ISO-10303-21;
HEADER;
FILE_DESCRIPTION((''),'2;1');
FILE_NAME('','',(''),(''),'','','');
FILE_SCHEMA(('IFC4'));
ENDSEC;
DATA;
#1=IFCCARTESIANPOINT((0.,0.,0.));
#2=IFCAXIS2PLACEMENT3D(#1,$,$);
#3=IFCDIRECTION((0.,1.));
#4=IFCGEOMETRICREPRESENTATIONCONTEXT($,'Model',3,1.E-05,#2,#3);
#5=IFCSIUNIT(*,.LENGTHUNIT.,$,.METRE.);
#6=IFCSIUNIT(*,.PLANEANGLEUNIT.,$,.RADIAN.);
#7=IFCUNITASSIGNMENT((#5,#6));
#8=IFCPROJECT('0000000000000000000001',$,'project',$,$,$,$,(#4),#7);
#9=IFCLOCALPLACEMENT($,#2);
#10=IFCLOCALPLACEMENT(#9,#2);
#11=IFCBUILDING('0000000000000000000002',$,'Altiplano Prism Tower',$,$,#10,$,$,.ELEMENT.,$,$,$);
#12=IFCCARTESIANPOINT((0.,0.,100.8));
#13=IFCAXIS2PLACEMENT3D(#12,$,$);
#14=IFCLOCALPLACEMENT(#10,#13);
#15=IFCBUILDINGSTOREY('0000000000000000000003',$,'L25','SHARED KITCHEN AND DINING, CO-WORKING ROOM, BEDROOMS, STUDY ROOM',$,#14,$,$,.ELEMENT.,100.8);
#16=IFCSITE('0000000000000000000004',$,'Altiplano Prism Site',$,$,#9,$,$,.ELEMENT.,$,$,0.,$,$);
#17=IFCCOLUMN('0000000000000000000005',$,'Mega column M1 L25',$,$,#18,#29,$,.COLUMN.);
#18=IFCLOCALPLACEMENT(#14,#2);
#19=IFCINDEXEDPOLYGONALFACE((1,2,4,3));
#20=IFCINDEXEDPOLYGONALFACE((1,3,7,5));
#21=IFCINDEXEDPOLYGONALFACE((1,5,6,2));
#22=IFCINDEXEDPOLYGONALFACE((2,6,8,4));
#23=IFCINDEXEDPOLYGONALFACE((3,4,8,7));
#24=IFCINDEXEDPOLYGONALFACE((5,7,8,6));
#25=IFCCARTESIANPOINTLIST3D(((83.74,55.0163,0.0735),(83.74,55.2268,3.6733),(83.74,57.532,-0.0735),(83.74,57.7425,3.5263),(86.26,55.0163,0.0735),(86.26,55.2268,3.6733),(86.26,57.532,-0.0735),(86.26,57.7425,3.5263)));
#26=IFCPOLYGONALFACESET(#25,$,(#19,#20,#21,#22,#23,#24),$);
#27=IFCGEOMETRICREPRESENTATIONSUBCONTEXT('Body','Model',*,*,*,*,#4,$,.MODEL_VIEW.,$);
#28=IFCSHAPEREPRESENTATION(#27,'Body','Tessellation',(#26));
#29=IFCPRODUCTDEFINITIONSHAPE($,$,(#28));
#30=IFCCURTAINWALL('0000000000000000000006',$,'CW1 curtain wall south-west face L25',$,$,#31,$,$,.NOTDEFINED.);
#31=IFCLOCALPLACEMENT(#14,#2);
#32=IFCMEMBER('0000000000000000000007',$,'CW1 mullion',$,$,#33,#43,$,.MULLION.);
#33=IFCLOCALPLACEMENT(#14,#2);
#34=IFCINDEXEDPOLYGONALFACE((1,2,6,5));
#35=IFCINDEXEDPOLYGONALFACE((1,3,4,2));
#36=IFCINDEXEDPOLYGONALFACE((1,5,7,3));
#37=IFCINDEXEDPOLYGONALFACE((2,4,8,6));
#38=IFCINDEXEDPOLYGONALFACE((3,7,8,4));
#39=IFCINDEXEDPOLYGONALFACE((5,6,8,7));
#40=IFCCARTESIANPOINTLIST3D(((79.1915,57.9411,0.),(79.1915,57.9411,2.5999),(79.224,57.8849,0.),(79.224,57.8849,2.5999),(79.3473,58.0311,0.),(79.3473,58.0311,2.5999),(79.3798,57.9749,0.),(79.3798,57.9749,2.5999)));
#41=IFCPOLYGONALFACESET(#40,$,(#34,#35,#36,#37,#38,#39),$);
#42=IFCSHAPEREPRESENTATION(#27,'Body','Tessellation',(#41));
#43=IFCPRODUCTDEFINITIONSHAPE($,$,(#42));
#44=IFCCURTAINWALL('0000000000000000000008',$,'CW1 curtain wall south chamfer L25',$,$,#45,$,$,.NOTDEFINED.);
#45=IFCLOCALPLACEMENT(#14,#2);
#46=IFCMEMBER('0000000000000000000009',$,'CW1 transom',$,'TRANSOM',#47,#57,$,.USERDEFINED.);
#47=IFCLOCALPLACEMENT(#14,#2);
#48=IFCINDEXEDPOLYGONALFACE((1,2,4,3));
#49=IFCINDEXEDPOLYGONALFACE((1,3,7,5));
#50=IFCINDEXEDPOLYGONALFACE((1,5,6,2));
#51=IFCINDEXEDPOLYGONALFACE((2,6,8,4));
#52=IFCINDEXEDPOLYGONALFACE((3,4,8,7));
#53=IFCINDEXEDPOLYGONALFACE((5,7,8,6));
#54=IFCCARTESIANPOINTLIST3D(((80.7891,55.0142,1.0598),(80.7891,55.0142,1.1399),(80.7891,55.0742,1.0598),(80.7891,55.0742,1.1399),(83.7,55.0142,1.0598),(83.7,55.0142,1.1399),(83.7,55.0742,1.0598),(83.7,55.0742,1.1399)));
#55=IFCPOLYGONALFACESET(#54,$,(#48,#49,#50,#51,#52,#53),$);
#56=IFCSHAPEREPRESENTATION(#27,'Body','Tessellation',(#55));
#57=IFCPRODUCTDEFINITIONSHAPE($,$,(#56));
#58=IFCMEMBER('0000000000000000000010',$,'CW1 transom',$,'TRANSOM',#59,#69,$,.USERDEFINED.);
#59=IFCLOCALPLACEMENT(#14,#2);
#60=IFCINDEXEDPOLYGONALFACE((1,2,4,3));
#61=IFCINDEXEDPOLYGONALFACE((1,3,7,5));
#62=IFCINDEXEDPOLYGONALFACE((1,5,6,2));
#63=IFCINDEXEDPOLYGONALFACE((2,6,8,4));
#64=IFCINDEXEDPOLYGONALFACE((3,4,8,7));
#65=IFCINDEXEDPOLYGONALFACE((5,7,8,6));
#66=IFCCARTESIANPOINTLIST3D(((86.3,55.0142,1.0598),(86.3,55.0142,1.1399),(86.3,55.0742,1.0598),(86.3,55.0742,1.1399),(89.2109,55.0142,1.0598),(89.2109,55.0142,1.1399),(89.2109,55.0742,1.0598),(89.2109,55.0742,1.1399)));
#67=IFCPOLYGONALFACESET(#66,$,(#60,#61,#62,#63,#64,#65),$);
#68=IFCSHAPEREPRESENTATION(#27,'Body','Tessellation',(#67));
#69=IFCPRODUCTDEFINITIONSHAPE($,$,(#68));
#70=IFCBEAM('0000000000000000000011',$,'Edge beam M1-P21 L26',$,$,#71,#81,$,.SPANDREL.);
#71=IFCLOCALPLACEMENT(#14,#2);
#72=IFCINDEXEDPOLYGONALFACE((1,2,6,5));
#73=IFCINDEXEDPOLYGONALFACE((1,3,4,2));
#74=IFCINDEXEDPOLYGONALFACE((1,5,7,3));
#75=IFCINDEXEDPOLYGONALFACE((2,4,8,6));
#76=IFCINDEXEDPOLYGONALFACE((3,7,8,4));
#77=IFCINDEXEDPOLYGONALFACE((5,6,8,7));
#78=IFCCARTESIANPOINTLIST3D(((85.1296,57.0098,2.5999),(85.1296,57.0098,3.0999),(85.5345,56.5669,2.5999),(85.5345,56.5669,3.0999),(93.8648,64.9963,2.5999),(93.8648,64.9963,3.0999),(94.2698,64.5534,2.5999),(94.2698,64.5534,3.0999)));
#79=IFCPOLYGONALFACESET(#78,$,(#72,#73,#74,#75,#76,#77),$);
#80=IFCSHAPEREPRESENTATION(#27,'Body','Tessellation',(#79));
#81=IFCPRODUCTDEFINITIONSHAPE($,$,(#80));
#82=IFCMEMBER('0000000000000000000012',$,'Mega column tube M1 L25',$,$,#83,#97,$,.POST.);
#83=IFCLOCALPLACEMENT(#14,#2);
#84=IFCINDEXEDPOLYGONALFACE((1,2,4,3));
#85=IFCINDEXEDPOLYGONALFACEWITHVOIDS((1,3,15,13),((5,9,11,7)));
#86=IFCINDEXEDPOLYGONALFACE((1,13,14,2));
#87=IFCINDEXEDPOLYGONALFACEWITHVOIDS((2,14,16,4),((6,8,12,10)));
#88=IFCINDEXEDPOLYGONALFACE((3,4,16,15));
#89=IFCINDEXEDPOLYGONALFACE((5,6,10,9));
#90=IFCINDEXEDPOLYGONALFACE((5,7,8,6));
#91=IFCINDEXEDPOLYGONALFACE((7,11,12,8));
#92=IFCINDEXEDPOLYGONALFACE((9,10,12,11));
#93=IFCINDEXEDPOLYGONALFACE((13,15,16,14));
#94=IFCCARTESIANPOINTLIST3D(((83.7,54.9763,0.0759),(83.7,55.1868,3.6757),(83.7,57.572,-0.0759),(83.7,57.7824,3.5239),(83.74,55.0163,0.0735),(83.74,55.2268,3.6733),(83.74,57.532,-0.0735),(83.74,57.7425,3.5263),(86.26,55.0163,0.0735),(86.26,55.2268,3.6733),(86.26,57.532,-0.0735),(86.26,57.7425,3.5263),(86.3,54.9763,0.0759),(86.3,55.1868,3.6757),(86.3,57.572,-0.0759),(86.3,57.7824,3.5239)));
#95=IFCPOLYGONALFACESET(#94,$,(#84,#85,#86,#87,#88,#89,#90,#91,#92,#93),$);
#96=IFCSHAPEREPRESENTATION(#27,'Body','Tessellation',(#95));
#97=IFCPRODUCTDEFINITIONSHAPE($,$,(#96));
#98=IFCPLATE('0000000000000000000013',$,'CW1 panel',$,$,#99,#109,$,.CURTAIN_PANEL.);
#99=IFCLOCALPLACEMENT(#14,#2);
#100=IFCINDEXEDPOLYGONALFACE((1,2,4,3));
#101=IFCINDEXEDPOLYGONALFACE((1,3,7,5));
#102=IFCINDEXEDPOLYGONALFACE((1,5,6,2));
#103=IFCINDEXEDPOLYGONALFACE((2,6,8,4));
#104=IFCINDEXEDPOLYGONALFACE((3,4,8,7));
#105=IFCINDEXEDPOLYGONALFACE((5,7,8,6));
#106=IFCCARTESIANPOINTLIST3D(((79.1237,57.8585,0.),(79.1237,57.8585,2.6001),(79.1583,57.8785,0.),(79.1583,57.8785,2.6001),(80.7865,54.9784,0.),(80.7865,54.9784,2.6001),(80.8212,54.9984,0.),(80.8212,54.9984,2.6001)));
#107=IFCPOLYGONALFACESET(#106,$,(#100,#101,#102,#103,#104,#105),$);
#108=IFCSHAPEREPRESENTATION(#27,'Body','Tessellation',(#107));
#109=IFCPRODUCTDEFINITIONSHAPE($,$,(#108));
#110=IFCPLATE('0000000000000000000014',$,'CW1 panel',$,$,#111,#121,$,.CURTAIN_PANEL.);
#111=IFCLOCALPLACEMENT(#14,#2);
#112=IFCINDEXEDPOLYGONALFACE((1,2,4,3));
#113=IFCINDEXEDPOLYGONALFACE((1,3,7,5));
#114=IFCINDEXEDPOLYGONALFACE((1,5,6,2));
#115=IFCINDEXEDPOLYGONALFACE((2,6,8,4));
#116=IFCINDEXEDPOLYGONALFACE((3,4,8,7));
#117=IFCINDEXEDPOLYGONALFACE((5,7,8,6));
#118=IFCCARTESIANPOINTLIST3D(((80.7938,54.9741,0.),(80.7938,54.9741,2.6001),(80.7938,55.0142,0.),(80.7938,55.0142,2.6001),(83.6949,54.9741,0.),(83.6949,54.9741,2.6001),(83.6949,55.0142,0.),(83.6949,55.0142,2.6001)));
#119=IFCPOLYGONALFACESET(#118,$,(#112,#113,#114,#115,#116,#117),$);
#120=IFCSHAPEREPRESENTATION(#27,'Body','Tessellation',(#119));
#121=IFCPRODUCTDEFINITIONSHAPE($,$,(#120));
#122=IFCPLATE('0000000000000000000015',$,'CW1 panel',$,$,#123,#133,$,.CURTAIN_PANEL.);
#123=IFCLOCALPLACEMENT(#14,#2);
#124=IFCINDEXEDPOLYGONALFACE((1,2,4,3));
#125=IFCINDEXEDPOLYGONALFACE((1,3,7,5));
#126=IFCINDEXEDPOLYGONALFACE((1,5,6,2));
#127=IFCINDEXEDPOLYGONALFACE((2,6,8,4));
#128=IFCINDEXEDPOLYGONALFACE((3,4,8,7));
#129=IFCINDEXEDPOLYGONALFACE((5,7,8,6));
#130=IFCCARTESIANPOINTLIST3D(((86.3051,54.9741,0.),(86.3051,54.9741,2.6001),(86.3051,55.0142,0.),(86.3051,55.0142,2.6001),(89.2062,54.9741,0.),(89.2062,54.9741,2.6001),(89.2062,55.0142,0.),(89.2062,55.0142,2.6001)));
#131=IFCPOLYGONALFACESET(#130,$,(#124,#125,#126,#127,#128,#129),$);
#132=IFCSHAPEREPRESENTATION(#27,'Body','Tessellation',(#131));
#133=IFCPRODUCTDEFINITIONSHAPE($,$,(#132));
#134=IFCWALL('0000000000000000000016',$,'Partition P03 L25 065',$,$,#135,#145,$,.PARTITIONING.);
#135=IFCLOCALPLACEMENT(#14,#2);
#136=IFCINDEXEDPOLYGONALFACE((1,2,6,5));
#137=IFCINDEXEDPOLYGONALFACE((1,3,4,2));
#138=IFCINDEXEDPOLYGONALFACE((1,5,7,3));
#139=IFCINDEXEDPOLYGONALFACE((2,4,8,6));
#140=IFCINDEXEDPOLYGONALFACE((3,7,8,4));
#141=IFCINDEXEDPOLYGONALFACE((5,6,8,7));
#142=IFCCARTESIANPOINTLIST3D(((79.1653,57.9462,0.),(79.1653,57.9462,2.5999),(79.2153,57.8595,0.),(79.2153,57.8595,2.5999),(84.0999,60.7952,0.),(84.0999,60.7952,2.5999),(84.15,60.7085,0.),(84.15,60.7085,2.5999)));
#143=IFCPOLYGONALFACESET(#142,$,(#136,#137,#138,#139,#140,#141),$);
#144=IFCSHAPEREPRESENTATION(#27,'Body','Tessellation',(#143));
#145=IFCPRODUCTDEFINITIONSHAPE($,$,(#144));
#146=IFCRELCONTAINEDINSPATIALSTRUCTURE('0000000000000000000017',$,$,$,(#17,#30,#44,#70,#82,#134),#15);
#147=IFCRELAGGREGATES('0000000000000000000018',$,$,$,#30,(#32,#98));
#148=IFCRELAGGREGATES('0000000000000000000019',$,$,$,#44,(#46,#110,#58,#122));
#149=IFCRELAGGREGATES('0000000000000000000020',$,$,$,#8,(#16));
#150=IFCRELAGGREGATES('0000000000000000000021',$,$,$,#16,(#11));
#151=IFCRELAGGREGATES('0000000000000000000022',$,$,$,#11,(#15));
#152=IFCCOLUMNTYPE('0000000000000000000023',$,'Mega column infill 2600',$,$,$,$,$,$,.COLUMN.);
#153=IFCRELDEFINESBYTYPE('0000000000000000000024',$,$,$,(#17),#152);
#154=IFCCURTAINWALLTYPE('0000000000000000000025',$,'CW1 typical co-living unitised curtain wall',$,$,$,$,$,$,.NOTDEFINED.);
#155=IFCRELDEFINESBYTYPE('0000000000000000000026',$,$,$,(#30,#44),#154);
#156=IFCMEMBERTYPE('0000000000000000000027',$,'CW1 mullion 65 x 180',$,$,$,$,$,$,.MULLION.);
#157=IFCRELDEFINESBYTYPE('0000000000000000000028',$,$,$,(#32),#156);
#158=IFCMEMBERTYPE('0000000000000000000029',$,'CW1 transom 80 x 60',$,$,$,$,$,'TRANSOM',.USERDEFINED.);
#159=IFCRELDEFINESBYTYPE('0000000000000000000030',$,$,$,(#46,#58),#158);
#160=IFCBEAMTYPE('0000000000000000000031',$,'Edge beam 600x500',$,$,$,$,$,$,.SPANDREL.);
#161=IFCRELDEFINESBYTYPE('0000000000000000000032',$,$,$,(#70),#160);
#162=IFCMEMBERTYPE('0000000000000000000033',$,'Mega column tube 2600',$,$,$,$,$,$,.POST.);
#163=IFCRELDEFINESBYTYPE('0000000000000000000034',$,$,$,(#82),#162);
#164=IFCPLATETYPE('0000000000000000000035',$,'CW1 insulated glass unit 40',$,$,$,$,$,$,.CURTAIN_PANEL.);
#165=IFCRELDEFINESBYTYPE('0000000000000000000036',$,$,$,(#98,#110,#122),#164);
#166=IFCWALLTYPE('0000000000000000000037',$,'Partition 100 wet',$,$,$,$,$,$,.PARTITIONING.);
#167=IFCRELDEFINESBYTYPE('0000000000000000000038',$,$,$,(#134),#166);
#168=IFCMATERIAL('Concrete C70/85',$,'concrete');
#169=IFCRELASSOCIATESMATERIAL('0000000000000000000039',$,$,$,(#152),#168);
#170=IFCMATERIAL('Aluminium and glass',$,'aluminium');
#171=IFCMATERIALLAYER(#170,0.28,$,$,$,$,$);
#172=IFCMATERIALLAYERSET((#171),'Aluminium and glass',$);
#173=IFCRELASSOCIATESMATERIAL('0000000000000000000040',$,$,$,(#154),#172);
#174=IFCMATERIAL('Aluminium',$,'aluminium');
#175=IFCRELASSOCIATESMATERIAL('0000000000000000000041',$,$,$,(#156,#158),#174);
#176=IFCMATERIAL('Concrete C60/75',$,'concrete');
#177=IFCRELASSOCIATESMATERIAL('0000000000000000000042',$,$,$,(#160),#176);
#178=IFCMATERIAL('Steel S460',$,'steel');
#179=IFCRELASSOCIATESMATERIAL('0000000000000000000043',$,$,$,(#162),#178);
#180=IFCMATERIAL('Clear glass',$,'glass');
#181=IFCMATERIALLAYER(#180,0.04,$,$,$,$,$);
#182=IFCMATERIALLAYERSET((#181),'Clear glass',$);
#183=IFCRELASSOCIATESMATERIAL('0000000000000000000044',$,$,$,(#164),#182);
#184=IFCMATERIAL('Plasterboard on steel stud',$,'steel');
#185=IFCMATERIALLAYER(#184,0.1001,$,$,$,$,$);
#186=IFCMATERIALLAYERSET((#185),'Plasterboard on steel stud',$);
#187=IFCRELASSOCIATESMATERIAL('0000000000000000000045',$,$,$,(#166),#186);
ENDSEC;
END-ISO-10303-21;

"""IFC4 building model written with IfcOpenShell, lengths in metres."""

from ifc_helpers import new_model, si_unit, direction, frame, frame_2d, origin, origin_2d, place, context, subcontext, project, spatial, rectangle, hollow_rectangle, extrude, material, layer, layer_set, material_profile, profile_set, type_object, element, aggregate, save


model = new_model("IFC4")

# Units and contexts
model_context = context("Model", 3, precision=1e-05, world=origin(), true_north=direction((0.0, 1.0)))
body_context = subcontext(model_context, "Body", "Model", "MODEL_VIEW")
ifc_project = project(units=[si_unit("LENGTHUNIT", "METRE"), si_unit("PLANEANGLEUNIT", "RADIAN")], contexts=[model_context])

# Site, building, storey
site_placement = place(None, origin())
site = spatial("IfcSite", under=ifc_project, at=site_placement, Name="Altiplano Prism Site", CompositionType="ELEMENT", RefElevation=0.0)
building_placement = place(site_placement, origin())
building = spatial("IfcBuilding", under=site, at=building_placement, Name="Altiplano Prism Tower", CompositionType="ELEMENT")
storey_placement = place(building_placement, frame((0.0, 0.0, 100.8)))
storey = spatial("IfcBuildingStorey", under=building, at=storey_placement, Name="L25", Description="SHARED KITCHEN AND DINING, CO-WORKING ROOM, BEDROOMS, STUDY ROOM", CompositionType="ELEMENT", Elevation=100.8)

# Column
ifc_material_1 = material(Name="Concrete C70/85", Category="concrete")
ifc_material_profile_1 = material_profile(ifc_material_1, rectangle(XDim=2.52, YDim=2.52, at=origin_2d()), Name="Mega column infill 2600")
ifc_profile_set_1 = profile_set([ifc_material_profile_1], Name="Concrete C70/85")
column_type = type_object("IfcColumnType", Name="Mega column infill 2600", PredefinedType="COLUMN", material=ifc_profile_set_1)
column_placement = place(storey_placement, frame((85.0, 56.2742, 0.0), z_axis=(0.0, 0.058361, 0.998296), x_axis=(-1.0, 0.0, 0.0)))
element("IfcColumn", 1, at=column_placement, inside=storey, type_object=column_type, Name="Mega column M1 L25", PredefinedType="COLUMN", context=body_context, shape_type="SweptSolid", body=[
    extrude(rectangle(XDim=2.52, YDim=2.52, at=origin_2d()), origin(), (0.0, 0.0, 1.0), 3.606),
])

# Curtain wall, member
ifc_material_2 = material(Name="Aluminium and glass", Category="aluminium")
ifc_layer_1 = layer(ifc_material_2, 0.28)
ifc_layer_set_1 = layer_set([ifc_layer_1], Name="Aluminium and glass")
curtain_wall_type = type_object("IfcCurtainWallType", Name="CW1 typical co-living unitised curtain wall", PredefinedType="NOTDEFINED", material=ifc_layer_set_1)
curtain_wall_1_placement = place(storey_placement, origin())
curtain_wall_1 = element("IfcCurtainWall", 2, at=curtain_wall_1_placement, inside=storey, type_object=curtain_wall_type, Name="CW1 curtain wall south-west face L25", PredefinedType="NOTDEFINED")
ifc_material_3 = material(Name="Aluminium", Category="aluminium")
ifc_material_profile_2 = material_profile(ifc_material_3, rectangle(XDim=0.1799, YDim=0.0649, at=origin_2d()), Name="CW1 mullion 65 x 180")
ifc_profile_set_2 = profile_set([ifc_material_profile_2], Name="Aluminium")
member_type_1 = type_object("IfcMemberType", Name="CW1 mullion 65 x 180", PredefinedType="MULLION", material=ifc_profile_set_2)
member_1_placement = place(storey_placement, frame((79.2856, 57.958, 0.0), z_axis=(0.0, 0.0, 1.0), x_axis=(0.866025, 0.5, 0.0)))
member_1 = element("IfcMember", 3, at=member_1_placement, type_object=member_type_1, Name="CW1 mullion", PredefinedType="MULLION", context=body_context, shape_type="SweptSolid", body=[
    extrude(rectangle(XDim=0.1799, YDim=0.0649, at=origin_2d()), origin(), (0.0, 0.0, 1.0), 2.5999),
])

# Curtain wall, members
curtain_wall_2_placement = place(storey_placement, origin())
curtain_wall_2 = element("IfcCurtainWall", 4, at=curtain_wall_2_placement, inside=storey, type_object=curtain_wall_type, Name="CW1 curtain wall south chamfer L25", PredefinedType="NOTDEFINED")
ifc_material_profile_3 = material_profile(ifc_material_3, rectangle(XDim=0.0601, YDim=0.0801, at=origin_2d()), Name="CW1 transom 80 x 60")
ifc_profile_set_3 = profile_set([ifc_material_profile_3], Name="Aluminium")
member_type_2 = type_object("IfcMemberType", Name="CW1 transom 80 x 60", ElementType="TRANSOM", PredefinedType="USERDEFINED", material=ifc_profile_set_3)
member_2_placement = place(storey_placement, frame((80.7891, 55.0442, 1.0999), z_axis=(1.0, 0.0, 0.0), x_axis=(0.0, 1.0, 0.0)))
member_2 = element("IfcMember", 5, at=member_2_placement, type_object=member_type_2, Name="CW1 transom", ObjectType="TRANSOM", PredefinedType="USERDEFINED", context=body_context, shape_type="SweptSolid", body=[
    extrude(rectangle(XDim=0.0601, YDim=0.0801, at=origin_2d()), origin(), (0.0, 0.0, 1.0), 2.9109),
])
member_3_placement = place(storey_placement, frame((86.3, 55.0442, 1.0999), z_axis=(1.0, 0.0, 0.0), x_axis=(0.0, 1.0, 0.0)))
member_3 = element("IfcMember", 6, at=member_3_placement, type_object=member_type_2, Name="CW1 transom", ObjectType="TRANSOM", PredefinedType="USERDEFINED", context=body_context, shape_type="SweptSolid", body=[
    extrude(rectangle(XDim=0.0601, YDim=0.0801, at=origin_2d()), origin(), (0.0, 0.0, 1.0), 2.9109),
])

# Beam
ifc_material_4 = material(Name="Concrete C60/75", Category="concrete")
ifc_material_profile_4 = material_profile(ifc_material_4, rectangle(XDim=0.6001, YDim=0.5, at=origin_2d()), Name="Edge beam 600x500")
ifc_profile_set_4 = profile_set([ifc_material_profile_4], Name="Concrete C60/75")
beam_type = type_object("IfcBeamType", Name="Edge beam 600x500", PredefinedType="SPANDREL", material=ifc_profile_set_4)
beam_placement = place(storey_placement, frame((85.332, 56.7883, 2.8499), z_axis=(0.73803, 0.674768, 0.0), x_axis=(-0.674768, 0.73803, 0.0)))
element("IfcBeam", 7, at=beam_placement, inside=storey, type_object=beam_type, Name="Edge beam M1-P21 L26", PredefinedType="SPANDREL", context=body_context, shape_type="SweptSolid", body=[
    extrude(rectangle(XDim=0.6001, YDim=0.5, at=origin_2d()), origin(), (0.0, 0.0, 1.0), 11.8359),
])

# Member
ifc_material_5 = material(Name="Steel S460", Category="steel")
ifc_material_profile_5 = material_profile(ifc_material_5, hollow_rectangle(XDim=2.6001, YDim=2.6001, WallThickness=0.04, at=origin_2d()), Name="Mega column tube 2600")
ifc_profile_set_5 = profile_set([ifc_material_profile_5], Name="Steel S460")
member_type_3 = type_object("IfcMemberType", Name="Mega column tube 2600", PredefinedType="POST", material=ifc_profile_set_5)
member_4_placement = place(storey_placement, frame((85.0, 56.2742, 0.0), z_axis=(0.0, 0.058361, 0.998296), x_axis=(-1.0, 0.0, 0.0)))
element("IfcMember", 8, at=member_4_placement, inside=storey, type_object=member_type_3, Name="Mega column tube M1 L25", PredefinedType="POST", context=body_context, shape_type="SweptSolid", body=[
    extrude(hollow_rectangle(XDim=2.6001, YDim=2.6001, WallThickness=0.04, at=origin_2d()), origin(), (0.0, 0.0, 1.0), 3.606),
])

# Plates
ifc_material_6 = material(Name="Clear glass", Category="glass")
ifc_layer_2 = layer(ifc_material_6, 0.04)
ifc_layer_set_2 = layer_set([ifc_layer_2], Name="Clear glass")
plate_type = type_object("IfcPlateType", Name="CW1 insulated glass unit 40", PredefinedType="CURTAIN_PANEL", material=ifc_layer_set_2)
plate_1_placement = place(storey_placement, frame((79.9724, 56.4285, 0.0), z_axis=(0.0, 0.0, 1.0), x_axis=(0.5, -0.866025, 0.0)))
plate_1 = element("IfcPlate", 9, at=plate_1_placement, type_object=plate_type, Name="CW1 panel", PredefinedType="CURTAIN_PANEL", context=body_context, shape_type="SweptSolid", body=[
    extrude(rectangle(XDim=3.3257, YDim=0.04, at=origin_2d()), origin(), (0.0, 0.0, 1.0), 2.6001),
])
aggregate(curtain_wall_1, [member_1, plate_1])
plate_2_placement = place(storey_placement, frame((82.2444, 54.9941, 0.0), z_axis=(0.0, 0.0, 1.0), x_axis=(1.0, 0.0, 0.0)))
plate_2 = element("IfcPlate", 10, at=plate_2_placement, type_object=plate_type, Name="CW1 panel", PredefinedType="CURTAIN_PANEL", context=body_context, shape_type="SweptSolid", body=[
    extrude(rectangle(XDim=2.9011, YDim=0.04, at=origin_2d()), origin(), (0.0, 0.0, 1.0), 2.6001),
])
plate_3_placement = place(storey_placement, frame((87.7556, 54.9941, 0.0), z_axis=(0.0, 0.0, 1.0), x_axis=(1.0, 0.0, 0.0)))
plate_3 = element("IfcPlate", 11, at=plate_3_placement, type_object=plate_type, Name="CW1 panel", PredefinedType="CURTAIN_PANEL", context=body_context, shape_type="SweptSolid", body=[
    extrude(rectangle(XDim=2.9011, YDim=0.04, at=origin_2d()), origin(), (0.0, 0.0, 1.0), 2.6001),
])
aggregate(curtain_wall_2, [member_2, plate_2, member_3, plate_3])

# Wall
ifc_material_7 = material(Name="Plasterboard on steel stud", Category="steel")
ifc_layer_3 = layer(ifc_material_7, 0.1001)
ifc_layer_set_3 = layer_set([ifc_layer_3], Name="Plasterboard on steel stud")
wall_type = type_object("IfcWallType", Name="Partition 100 wet", PredefinedType="PARTITIONING", material=ifc_layer_set_3)
wall_placement = place(storey_placement, frame((79.1902, 57.9028, 0.0), z_axis=(0.0, 0.0, 1.0), x_axis=(0.866033, 0.499987, 0.0)))
element("IfcWall", 12, at=wall_placement, inside=storey, type_object=wall_type, Name="Partition P03 L25 065", PredefinedType="PARTITIONING", context=body_context, shape_type="SweptSolid", body=[
    extrude(rectangle(XDim=5.698, YDim=0.1001, at=frame_2d((2.8491, 0.0))), origin(), (0.0, 0.0, 1.0), 2.5999),
])

save(model, "model.ifc")
